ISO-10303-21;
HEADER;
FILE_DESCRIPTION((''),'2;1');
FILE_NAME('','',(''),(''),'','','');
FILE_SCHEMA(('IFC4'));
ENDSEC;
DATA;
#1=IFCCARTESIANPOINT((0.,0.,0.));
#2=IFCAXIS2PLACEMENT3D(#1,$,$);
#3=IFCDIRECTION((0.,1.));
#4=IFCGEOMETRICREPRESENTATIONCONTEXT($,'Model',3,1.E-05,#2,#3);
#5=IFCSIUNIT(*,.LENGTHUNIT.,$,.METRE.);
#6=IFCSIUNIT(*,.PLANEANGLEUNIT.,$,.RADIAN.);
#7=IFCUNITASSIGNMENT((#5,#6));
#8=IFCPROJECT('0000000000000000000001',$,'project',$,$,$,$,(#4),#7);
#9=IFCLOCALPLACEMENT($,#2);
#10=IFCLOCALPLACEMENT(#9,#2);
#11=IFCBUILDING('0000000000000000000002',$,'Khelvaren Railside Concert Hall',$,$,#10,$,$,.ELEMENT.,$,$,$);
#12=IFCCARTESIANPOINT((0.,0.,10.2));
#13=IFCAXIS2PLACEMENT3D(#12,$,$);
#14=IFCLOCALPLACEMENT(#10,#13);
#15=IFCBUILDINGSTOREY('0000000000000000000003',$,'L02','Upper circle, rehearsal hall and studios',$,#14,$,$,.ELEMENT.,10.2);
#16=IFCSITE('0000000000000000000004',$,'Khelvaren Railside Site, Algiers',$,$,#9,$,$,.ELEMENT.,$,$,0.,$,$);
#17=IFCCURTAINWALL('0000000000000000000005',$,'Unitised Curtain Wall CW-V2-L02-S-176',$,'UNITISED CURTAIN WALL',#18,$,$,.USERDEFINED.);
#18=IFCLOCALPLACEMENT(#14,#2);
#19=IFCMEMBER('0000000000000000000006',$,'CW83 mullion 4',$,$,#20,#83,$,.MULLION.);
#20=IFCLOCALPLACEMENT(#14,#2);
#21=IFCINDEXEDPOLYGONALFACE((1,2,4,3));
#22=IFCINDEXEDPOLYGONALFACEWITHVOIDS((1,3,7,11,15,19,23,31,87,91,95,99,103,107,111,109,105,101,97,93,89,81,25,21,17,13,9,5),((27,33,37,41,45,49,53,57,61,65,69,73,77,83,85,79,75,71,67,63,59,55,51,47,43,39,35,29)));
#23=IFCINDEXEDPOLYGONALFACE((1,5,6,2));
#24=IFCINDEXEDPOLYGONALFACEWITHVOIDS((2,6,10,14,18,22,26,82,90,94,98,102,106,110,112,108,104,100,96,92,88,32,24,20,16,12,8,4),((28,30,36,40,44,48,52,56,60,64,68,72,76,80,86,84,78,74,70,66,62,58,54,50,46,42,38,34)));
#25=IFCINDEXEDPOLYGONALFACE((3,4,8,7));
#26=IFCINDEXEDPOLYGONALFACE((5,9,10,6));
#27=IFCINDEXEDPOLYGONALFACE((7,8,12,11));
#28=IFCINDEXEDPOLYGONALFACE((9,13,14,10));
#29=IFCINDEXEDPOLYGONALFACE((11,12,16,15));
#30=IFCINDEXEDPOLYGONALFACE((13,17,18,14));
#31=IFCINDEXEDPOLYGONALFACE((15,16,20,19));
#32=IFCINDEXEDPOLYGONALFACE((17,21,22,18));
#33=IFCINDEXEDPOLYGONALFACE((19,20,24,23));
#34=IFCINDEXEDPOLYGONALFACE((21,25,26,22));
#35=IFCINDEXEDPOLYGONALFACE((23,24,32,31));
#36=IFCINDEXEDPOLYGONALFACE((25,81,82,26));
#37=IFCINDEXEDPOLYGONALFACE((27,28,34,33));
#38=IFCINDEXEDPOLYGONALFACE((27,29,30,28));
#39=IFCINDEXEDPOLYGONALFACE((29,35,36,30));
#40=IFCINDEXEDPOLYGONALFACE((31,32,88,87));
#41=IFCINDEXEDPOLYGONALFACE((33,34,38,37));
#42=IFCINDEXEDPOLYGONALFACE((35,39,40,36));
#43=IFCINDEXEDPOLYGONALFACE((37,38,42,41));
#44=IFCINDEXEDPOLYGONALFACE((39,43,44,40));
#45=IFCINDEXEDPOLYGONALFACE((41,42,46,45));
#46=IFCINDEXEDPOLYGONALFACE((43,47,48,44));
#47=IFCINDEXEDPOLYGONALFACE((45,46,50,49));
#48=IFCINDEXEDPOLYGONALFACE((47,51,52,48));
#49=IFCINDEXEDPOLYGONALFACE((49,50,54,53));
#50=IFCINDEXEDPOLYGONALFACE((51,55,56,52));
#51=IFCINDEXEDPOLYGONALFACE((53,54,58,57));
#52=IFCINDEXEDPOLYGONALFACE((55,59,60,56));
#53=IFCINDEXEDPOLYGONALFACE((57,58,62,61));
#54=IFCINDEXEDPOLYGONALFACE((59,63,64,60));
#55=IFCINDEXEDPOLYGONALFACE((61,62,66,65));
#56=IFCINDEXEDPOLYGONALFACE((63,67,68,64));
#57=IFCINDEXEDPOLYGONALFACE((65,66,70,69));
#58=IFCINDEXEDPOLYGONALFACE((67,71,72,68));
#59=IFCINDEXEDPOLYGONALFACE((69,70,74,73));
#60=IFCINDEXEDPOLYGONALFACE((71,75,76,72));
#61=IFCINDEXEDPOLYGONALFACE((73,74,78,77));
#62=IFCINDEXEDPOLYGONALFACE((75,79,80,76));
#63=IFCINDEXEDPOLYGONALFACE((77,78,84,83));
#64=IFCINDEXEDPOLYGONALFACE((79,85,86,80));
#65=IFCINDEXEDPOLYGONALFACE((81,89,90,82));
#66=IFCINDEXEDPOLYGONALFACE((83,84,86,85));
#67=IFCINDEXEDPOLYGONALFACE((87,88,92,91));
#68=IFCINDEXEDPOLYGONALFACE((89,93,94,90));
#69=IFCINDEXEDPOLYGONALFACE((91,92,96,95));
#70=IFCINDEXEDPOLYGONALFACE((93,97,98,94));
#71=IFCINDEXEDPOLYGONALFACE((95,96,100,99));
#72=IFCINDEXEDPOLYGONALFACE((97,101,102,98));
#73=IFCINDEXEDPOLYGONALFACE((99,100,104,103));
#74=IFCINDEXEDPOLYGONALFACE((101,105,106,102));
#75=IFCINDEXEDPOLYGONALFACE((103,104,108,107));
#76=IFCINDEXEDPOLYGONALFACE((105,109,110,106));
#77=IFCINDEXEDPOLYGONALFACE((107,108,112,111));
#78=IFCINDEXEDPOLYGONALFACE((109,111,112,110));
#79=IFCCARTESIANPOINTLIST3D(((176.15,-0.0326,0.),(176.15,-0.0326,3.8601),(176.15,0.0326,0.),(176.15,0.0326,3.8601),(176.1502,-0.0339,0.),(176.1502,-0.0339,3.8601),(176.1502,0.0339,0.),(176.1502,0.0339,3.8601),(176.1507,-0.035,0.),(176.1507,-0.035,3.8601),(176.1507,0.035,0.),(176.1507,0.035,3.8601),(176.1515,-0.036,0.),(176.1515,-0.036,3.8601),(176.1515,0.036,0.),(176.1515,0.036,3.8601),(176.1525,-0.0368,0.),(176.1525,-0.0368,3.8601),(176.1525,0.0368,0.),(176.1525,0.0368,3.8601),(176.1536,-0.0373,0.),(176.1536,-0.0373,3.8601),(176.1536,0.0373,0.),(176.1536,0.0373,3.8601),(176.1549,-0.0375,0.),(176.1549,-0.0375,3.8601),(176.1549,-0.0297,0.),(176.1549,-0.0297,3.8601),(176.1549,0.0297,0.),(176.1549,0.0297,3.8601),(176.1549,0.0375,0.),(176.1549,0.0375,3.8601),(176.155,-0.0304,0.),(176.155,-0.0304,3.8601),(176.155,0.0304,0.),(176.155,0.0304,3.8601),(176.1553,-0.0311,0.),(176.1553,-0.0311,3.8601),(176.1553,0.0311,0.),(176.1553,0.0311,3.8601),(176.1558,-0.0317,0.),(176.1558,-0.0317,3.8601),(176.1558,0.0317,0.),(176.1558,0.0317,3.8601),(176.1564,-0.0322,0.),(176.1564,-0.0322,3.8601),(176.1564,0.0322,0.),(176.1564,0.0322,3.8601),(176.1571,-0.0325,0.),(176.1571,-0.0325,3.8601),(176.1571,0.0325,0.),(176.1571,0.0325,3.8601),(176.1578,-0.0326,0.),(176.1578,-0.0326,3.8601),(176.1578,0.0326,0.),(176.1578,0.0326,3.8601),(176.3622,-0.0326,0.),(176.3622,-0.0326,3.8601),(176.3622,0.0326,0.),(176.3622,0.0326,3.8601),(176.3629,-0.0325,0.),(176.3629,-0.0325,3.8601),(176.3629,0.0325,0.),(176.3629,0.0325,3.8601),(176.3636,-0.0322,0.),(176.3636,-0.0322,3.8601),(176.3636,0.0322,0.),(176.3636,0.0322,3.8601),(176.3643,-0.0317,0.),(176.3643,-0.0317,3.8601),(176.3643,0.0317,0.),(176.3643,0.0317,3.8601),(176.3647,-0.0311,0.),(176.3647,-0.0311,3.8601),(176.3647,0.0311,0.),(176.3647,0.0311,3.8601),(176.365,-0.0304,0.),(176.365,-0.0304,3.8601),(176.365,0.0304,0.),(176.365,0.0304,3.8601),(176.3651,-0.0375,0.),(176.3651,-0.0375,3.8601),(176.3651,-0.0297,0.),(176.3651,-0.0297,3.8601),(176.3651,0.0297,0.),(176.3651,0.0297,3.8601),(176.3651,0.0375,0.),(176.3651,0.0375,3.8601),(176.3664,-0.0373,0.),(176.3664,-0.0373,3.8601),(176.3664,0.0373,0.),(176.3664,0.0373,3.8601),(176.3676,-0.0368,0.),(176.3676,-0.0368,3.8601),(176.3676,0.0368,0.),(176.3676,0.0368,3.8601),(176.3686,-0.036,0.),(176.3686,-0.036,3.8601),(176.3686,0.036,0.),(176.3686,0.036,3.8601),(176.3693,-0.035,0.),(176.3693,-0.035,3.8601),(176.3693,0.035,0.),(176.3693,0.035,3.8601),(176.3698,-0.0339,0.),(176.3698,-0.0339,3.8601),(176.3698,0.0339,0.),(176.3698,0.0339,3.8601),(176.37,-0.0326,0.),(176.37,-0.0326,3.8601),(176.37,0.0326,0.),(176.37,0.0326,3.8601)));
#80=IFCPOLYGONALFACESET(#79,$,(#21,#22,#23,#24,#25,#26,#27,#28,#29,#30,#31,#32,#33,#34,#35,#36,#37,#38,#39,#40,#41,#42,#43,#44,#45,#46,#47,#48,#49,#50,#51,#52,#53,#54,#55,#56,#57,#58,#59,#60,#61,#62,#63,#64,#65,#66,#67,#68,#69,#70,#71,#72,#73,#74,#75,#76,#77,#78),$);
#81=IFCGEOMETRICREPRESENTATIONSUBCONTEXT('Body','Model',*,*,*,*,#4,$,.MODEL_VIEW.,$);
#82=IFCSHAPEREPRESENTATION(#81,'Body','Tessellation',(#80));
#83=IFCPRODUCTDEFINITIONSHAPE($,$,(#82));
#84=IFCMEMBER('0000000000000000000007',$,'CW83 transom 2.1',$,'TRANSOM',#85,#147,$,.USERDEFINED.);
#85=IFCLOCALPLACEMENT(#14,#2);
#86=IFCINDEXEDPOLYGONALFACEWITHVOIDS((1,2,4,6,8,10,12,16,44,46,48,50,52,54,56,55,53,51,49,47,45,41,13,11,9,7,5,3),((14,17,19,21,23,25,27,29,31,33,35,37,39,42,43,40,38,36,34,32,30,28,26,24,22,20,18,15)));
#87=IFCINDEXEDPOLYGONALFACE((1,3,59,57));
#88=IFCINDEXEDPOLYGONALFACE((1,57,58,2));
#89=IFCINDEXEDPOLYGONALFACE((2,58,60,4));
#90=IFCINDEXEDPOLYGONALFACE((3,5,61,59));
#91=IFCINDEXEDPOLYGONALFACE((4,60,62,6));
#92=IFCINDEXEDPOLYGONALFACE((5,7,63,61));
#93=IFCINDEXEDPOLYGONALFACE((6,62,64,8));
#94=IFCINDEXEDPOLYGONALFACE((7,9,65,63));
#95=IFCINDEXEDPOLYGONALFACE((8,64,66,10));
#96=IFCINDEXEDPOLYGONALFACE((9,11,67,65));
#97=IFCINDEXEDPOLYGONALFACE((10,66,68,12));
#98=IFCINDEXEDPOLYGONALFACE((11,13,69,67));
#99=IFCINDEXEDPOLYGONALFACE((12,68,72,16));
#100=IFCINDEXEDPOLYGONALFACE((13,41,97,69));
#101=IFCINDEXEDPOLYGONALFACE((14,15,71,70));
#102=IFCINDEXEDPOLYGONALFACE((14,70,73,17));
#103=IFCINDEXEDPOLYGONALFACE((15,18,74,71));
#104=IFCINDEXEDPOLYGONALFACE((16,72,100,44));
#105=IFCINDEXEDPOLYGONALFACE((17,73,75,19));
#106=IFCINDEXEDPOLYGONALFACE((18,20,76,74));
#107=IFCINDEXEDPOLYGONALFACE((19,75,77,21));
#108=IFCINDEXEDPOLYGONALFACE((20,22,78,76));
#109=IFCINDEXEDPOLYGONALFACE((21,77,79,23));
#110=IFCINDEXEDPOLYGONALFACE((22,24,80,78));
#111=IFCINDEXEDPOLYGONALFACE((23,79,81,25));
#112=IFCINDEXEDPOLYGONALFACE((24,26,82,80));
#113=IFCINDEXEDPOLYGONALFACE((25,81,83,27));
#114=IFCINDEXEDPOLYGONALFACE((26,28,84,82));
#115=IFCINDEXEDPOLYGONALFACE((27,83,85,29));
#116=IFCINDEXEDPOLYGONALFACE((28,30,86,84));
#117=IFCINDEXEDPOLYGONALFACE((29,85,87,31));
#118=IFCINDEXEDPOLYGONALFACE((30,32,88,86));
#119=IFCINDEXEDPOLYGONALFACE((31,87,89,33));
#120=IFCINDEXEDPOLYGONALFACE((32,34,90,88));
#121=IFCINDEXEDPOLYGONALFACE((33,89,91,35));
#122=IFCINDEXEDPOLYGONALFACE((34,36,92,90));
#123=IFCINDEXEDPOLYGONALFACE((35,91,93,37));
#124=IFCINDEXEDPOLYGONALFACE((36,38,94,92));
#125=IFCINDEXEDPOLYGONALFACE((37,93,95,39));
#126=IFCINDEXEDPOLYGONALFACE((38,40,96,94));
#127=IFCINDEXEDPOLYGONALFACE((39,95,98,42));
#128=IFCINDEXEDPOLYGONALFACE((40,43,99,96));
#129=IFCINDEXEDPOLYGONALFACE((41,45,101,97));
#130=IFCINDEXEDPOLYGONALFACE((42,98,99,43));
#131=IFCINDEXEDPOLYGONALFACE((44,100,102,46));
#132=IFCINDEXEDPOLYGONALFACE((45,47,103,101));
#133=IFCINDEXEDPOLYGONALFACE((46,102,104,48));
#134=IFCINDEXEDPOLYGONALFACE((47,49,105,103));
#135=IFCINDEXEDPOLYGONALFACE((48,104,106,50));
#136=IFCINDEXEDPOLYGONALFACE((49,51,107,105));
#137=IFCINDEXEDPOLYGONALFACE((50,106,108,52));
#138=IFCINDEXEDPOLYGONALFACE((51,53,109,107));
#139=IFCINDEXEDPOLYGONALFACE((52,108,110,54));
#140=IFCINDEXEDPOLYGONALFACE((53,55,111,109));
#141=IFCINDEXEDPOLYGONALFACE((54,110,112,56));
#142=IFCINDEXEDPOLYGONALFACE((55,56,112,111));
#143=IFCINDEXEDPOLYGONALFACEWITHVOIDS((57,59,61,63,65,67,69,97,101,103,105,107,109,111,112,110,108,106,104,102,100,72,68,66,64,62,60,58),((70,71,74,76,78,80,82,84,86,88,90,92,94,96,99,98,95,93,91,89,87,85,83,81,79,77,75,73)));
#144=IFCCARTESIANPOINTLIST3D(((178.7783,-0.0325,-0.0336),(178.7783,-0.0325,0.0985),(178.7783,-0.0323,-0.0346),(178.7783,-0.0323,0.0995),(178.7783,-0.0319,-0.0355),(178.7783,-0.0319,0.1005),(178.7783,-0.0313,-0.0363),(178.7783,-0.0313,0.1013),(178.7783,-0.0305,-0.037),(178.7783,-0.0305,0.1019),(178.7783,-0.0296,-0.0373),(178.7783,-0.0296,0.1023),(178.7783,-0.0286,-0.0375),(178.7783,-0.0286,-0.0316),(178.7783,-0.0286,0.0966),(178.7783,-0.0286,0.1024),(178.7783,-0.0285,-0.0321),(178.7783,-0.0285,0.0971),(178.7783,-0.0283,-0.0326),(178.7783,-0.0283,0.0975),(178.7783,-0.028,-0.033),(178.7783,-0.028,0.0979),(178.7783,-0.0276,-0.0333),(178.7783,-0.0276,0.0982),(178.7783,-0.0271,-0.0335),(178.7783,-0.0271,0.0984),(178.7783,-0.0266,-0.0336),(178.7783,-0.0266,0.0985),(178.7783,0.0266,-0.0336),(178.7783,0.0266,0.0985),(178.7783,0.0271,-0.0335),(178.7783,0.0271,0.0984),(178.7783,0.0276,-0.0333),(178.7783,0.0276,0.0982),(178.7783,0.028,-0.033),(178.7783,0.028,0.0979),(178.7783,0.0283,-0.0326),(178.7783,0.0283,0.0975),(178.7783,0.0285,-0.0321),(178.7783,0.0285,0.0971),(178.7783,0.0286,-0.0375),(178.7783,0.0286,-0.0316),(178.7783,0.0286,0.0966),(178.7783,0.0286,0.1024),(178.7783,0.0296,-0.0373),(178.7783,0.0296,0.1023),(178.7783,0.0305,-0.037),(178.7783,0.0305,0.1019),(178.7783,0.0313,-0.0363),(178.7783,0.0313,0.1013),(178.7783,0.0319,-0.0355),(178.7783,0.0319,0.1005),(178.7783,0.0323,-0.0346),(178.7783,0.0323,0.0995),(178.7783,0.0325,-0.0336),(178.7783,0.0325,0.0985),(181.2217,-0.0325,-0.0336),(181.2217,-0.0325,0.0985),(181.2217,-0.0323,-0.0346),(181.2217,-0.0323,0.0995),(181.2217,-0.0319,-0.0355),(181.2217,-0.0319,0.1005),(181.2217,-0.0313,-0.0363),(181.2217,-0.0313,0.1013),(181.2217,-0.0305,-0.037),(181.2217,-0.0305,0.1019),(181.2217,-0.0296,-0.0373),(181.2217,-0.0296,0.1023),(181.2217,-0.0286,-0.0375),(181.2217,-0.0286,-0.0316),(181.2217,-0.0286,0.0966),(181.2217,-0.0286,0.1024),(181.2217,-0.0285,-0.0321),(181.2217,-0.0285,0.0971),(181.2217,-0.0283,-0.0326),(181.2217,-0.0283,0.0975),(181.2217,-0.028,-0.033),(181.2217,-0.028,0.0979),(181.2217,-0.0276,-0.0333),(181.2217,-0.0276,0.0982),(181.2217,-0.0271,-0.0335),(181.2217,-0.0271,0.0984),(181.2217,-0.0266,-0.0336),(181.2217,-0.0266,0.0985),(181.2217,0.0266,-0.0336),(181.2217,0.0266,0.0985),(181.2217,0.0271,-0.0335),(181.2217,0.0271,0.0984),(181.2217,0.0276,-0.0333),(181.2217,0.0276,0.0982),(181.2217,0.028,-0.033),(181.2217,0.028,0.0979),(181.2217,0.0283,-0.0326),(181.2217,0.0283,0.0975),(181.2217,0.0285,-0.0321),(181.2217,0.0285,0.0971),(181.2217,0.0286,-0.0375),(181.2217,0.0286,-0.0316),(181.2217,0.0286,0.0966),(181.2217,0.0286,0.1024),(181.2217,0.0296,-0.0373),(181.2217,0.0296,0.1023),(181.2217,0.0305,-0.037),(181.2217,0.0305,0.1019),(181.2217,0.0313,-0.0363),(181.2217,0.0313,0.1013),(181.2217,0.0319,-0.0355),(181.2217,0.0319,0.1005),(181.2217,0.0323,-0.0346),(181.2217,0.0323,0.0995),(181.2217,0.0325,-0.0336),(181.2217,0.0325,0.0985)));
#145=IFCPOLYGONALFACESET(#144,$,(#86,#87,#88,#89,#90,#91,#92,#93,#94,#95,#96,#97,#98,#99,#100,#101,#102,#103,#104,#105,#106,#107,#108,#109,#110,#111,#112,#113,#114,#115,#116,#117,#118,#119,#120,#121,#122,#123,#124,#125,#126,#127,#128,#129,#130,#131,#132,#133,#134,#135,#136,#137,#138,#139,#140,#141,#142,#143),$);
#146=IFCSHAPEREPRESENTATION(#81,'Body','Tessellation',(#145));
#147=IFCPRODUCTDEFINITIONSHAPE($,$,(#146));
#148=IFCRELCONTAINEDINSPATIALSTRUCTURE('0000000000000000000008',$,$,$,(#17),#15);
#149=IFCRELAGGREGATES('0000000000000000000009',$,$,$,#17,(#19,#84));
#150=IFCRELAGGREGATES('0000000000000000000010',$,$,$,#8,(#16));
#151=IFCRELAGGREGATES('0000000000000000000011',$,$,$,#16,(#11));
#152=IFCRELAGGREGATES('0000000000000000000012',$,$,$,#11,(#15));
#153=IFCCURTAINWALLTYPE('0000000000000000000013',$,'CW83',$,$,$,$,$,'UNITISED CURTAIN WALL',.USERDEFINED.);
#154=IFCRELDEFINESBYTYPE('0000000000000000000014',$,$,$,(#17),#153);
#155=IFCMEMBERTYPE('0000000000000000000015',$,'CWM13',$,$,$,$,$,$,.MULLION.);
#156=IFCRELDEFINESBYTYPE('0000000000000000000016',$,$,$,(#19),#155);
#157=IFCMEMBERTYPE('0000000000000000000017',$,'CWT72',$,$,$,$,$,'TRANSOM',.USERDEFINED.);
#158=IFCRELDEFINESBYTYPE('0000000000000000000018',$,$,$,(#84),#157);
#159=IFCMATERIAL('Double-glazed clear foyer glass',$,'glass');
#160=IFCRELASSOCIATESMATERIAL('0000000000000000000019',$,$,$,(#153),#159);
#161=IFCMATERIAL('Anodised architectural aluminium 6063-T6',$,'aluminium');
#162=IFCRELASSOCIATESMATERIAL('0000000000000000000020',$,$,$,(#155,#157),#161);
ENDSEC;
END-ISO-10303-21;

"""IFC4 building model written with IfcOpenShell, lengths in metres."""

from ifc_helpers import new_model, si_unit, direction, frame, origin, origin_2d, place, context, subcontext, project, spatial, hollow_rectangle, extrude, material, material_profile, profile_set, type_object, element, aggregate, save


model = new_model("IFC4")

# Units and contexts
model_context = context("Model", 3, precision=1e-05, world=origin(), true_north=direction((0.0, 1.0)))
body_context = subcontext(model_context, "Body", "Model", "MODEL_VIEW")
ifc_project = project(units=[si_unit("LENGTHUNIT", "METRE"), si_unit("PLANEANGLEUNIT", "RADIAN")], contexts=[model_context])

# Site, building, storey
site_placement = place(None, origin())
site = spatial("IfcSite", under=ifc_project, at=site_placement, Name="Khelvaren Railside Site, Algiers", CompositionType="ELEMENT", RefElevation=0.0)
building_placement = place(site_placement, origin())
building = spatial("IfcBuilding", under=site, at=building_placement, Name="Khelvaren Railside Concert Hall", CompositionType="ELEMENT")
storey_placement = place(building_placement, frame((0.0, 0.0, 10.2)))
storey = spatial("IfcBuildingStorey", under=building, at=storey_placement, Name="L02", Description="Upper circle, rehearsal hall and studios", CompositionType="ELEMENT", Elevation=10.2)

# Curtain wall, members
ifc_material_1 = material(Name="Double-glazed clear foyer glass", Category="glass")
curtain_wall_type = type_object("IfcCurtainWallType", Name="CW83", ElementType="UNITISED CURTAIN WALL", PredefinedType="USERDEFINED", material=ifc_material_1)
curtain_wall_placement = place(storey_placement, origin())
curtain_wall = element("IfcCurtainWall", 1, at=curtain_wall_placement, inside=storey, type_object=curtain_wall_type, Name="Unitised Curtain Wall CW-V2-L02-S-176", ObjectType="UNITISED CURTAIN WALL", PredefinedType="USERDEFINED")
ifc_material_2 = material(Name="Anodised architectural aluminium 6063-T6", Category="aluminium")
ifc_material_profile_1 = material_profile(ifc_material_2, hollow_rectangle(XDim=0.075, YDim=0.22, WallThickness=0.0049, InnerFilletRadius=0.0029, OuterFilletRadius=0.0049, at=origin_2d()), Name="CWM 75x220x5")
ifc_profile_set_1 = profile_set([ifc_material_profile_1], Name="Anodised architectural aluminium 6063-T6")
member_type_1 = type_object("IfcMemberType", Name="CWM13", PredefinedType="MULLION", material=ifc_profile_set_1)
member_1_placement = place(storey_placement, frame((176.26, 0.0, 0.0), z_axis=(0.0, 0.0, 1.0), x_axis=(0.0, -1.0, 0.0)))
member_1 = element("IfcMember", 2, at=member_1_placement, type_object=member_type_1, Name="CW83 mullion 4", PredefinedType="MULLION", context=body_context, shape_type="SweptSolid", body=[
    extrude(hollow_rectangle(XDim=0.075, YDim=0.22, WallThickness=0.0049, InnerFilletRadius=0.0029, OuterFilletRadius=0.0049, at=origin_2d()), origin(), (0.0, 0.0, 1.0), 3.8601),
])
ifc_material_profile_2 = material_profile(ifc_material_2, hollow_rectangle(XDim=0.0649, YDim=0.1399, WallThickness=0.0039, InnerFilletRadius=0.002, OuterFilletRadius=0.0039, at=origin_2d()), Name="CWT 65x140x4")
ifc_profile_set_2 = profile_set([ifc_material_profile_2], Name="Anodised architectural aluminium 6063-T6")
member_type_2 = type_object("IfcMemberType", Name="CWT72", ElementType="TRANSOM", PredefinedType="USERDEFINED", material=ifc_profile_set_2)
member_2_placement = place(storey_placement, frame((181.2217, 0.0, 0.0325), z_axis=(-1.0, 0.0, 0.0), x_axis=(0.0, -1.0, 0.0)))
member_2 = element("IfcMember", 3, at=member_2_placement, type_object=member_type_2, Name="CW83 transom 2.1", ObjectType="TRANSOM", PredefinedType="USERDEFINED", context=body_context, shape_type="SweptSolid", body=[
    extrude(hollow_rectangle(XDim=0.0649, YDim=0.1399, WallThickness=0.0039, InnerFilletRadius=0.002, OuterFilletRadius=0.0039, at=origin_2d()), origin(), (0.0, 0.0, 1.0), 2.4434),
])

aggregate(curtain_wall, [member_1, member_2])

save(model, "model.ifc")
